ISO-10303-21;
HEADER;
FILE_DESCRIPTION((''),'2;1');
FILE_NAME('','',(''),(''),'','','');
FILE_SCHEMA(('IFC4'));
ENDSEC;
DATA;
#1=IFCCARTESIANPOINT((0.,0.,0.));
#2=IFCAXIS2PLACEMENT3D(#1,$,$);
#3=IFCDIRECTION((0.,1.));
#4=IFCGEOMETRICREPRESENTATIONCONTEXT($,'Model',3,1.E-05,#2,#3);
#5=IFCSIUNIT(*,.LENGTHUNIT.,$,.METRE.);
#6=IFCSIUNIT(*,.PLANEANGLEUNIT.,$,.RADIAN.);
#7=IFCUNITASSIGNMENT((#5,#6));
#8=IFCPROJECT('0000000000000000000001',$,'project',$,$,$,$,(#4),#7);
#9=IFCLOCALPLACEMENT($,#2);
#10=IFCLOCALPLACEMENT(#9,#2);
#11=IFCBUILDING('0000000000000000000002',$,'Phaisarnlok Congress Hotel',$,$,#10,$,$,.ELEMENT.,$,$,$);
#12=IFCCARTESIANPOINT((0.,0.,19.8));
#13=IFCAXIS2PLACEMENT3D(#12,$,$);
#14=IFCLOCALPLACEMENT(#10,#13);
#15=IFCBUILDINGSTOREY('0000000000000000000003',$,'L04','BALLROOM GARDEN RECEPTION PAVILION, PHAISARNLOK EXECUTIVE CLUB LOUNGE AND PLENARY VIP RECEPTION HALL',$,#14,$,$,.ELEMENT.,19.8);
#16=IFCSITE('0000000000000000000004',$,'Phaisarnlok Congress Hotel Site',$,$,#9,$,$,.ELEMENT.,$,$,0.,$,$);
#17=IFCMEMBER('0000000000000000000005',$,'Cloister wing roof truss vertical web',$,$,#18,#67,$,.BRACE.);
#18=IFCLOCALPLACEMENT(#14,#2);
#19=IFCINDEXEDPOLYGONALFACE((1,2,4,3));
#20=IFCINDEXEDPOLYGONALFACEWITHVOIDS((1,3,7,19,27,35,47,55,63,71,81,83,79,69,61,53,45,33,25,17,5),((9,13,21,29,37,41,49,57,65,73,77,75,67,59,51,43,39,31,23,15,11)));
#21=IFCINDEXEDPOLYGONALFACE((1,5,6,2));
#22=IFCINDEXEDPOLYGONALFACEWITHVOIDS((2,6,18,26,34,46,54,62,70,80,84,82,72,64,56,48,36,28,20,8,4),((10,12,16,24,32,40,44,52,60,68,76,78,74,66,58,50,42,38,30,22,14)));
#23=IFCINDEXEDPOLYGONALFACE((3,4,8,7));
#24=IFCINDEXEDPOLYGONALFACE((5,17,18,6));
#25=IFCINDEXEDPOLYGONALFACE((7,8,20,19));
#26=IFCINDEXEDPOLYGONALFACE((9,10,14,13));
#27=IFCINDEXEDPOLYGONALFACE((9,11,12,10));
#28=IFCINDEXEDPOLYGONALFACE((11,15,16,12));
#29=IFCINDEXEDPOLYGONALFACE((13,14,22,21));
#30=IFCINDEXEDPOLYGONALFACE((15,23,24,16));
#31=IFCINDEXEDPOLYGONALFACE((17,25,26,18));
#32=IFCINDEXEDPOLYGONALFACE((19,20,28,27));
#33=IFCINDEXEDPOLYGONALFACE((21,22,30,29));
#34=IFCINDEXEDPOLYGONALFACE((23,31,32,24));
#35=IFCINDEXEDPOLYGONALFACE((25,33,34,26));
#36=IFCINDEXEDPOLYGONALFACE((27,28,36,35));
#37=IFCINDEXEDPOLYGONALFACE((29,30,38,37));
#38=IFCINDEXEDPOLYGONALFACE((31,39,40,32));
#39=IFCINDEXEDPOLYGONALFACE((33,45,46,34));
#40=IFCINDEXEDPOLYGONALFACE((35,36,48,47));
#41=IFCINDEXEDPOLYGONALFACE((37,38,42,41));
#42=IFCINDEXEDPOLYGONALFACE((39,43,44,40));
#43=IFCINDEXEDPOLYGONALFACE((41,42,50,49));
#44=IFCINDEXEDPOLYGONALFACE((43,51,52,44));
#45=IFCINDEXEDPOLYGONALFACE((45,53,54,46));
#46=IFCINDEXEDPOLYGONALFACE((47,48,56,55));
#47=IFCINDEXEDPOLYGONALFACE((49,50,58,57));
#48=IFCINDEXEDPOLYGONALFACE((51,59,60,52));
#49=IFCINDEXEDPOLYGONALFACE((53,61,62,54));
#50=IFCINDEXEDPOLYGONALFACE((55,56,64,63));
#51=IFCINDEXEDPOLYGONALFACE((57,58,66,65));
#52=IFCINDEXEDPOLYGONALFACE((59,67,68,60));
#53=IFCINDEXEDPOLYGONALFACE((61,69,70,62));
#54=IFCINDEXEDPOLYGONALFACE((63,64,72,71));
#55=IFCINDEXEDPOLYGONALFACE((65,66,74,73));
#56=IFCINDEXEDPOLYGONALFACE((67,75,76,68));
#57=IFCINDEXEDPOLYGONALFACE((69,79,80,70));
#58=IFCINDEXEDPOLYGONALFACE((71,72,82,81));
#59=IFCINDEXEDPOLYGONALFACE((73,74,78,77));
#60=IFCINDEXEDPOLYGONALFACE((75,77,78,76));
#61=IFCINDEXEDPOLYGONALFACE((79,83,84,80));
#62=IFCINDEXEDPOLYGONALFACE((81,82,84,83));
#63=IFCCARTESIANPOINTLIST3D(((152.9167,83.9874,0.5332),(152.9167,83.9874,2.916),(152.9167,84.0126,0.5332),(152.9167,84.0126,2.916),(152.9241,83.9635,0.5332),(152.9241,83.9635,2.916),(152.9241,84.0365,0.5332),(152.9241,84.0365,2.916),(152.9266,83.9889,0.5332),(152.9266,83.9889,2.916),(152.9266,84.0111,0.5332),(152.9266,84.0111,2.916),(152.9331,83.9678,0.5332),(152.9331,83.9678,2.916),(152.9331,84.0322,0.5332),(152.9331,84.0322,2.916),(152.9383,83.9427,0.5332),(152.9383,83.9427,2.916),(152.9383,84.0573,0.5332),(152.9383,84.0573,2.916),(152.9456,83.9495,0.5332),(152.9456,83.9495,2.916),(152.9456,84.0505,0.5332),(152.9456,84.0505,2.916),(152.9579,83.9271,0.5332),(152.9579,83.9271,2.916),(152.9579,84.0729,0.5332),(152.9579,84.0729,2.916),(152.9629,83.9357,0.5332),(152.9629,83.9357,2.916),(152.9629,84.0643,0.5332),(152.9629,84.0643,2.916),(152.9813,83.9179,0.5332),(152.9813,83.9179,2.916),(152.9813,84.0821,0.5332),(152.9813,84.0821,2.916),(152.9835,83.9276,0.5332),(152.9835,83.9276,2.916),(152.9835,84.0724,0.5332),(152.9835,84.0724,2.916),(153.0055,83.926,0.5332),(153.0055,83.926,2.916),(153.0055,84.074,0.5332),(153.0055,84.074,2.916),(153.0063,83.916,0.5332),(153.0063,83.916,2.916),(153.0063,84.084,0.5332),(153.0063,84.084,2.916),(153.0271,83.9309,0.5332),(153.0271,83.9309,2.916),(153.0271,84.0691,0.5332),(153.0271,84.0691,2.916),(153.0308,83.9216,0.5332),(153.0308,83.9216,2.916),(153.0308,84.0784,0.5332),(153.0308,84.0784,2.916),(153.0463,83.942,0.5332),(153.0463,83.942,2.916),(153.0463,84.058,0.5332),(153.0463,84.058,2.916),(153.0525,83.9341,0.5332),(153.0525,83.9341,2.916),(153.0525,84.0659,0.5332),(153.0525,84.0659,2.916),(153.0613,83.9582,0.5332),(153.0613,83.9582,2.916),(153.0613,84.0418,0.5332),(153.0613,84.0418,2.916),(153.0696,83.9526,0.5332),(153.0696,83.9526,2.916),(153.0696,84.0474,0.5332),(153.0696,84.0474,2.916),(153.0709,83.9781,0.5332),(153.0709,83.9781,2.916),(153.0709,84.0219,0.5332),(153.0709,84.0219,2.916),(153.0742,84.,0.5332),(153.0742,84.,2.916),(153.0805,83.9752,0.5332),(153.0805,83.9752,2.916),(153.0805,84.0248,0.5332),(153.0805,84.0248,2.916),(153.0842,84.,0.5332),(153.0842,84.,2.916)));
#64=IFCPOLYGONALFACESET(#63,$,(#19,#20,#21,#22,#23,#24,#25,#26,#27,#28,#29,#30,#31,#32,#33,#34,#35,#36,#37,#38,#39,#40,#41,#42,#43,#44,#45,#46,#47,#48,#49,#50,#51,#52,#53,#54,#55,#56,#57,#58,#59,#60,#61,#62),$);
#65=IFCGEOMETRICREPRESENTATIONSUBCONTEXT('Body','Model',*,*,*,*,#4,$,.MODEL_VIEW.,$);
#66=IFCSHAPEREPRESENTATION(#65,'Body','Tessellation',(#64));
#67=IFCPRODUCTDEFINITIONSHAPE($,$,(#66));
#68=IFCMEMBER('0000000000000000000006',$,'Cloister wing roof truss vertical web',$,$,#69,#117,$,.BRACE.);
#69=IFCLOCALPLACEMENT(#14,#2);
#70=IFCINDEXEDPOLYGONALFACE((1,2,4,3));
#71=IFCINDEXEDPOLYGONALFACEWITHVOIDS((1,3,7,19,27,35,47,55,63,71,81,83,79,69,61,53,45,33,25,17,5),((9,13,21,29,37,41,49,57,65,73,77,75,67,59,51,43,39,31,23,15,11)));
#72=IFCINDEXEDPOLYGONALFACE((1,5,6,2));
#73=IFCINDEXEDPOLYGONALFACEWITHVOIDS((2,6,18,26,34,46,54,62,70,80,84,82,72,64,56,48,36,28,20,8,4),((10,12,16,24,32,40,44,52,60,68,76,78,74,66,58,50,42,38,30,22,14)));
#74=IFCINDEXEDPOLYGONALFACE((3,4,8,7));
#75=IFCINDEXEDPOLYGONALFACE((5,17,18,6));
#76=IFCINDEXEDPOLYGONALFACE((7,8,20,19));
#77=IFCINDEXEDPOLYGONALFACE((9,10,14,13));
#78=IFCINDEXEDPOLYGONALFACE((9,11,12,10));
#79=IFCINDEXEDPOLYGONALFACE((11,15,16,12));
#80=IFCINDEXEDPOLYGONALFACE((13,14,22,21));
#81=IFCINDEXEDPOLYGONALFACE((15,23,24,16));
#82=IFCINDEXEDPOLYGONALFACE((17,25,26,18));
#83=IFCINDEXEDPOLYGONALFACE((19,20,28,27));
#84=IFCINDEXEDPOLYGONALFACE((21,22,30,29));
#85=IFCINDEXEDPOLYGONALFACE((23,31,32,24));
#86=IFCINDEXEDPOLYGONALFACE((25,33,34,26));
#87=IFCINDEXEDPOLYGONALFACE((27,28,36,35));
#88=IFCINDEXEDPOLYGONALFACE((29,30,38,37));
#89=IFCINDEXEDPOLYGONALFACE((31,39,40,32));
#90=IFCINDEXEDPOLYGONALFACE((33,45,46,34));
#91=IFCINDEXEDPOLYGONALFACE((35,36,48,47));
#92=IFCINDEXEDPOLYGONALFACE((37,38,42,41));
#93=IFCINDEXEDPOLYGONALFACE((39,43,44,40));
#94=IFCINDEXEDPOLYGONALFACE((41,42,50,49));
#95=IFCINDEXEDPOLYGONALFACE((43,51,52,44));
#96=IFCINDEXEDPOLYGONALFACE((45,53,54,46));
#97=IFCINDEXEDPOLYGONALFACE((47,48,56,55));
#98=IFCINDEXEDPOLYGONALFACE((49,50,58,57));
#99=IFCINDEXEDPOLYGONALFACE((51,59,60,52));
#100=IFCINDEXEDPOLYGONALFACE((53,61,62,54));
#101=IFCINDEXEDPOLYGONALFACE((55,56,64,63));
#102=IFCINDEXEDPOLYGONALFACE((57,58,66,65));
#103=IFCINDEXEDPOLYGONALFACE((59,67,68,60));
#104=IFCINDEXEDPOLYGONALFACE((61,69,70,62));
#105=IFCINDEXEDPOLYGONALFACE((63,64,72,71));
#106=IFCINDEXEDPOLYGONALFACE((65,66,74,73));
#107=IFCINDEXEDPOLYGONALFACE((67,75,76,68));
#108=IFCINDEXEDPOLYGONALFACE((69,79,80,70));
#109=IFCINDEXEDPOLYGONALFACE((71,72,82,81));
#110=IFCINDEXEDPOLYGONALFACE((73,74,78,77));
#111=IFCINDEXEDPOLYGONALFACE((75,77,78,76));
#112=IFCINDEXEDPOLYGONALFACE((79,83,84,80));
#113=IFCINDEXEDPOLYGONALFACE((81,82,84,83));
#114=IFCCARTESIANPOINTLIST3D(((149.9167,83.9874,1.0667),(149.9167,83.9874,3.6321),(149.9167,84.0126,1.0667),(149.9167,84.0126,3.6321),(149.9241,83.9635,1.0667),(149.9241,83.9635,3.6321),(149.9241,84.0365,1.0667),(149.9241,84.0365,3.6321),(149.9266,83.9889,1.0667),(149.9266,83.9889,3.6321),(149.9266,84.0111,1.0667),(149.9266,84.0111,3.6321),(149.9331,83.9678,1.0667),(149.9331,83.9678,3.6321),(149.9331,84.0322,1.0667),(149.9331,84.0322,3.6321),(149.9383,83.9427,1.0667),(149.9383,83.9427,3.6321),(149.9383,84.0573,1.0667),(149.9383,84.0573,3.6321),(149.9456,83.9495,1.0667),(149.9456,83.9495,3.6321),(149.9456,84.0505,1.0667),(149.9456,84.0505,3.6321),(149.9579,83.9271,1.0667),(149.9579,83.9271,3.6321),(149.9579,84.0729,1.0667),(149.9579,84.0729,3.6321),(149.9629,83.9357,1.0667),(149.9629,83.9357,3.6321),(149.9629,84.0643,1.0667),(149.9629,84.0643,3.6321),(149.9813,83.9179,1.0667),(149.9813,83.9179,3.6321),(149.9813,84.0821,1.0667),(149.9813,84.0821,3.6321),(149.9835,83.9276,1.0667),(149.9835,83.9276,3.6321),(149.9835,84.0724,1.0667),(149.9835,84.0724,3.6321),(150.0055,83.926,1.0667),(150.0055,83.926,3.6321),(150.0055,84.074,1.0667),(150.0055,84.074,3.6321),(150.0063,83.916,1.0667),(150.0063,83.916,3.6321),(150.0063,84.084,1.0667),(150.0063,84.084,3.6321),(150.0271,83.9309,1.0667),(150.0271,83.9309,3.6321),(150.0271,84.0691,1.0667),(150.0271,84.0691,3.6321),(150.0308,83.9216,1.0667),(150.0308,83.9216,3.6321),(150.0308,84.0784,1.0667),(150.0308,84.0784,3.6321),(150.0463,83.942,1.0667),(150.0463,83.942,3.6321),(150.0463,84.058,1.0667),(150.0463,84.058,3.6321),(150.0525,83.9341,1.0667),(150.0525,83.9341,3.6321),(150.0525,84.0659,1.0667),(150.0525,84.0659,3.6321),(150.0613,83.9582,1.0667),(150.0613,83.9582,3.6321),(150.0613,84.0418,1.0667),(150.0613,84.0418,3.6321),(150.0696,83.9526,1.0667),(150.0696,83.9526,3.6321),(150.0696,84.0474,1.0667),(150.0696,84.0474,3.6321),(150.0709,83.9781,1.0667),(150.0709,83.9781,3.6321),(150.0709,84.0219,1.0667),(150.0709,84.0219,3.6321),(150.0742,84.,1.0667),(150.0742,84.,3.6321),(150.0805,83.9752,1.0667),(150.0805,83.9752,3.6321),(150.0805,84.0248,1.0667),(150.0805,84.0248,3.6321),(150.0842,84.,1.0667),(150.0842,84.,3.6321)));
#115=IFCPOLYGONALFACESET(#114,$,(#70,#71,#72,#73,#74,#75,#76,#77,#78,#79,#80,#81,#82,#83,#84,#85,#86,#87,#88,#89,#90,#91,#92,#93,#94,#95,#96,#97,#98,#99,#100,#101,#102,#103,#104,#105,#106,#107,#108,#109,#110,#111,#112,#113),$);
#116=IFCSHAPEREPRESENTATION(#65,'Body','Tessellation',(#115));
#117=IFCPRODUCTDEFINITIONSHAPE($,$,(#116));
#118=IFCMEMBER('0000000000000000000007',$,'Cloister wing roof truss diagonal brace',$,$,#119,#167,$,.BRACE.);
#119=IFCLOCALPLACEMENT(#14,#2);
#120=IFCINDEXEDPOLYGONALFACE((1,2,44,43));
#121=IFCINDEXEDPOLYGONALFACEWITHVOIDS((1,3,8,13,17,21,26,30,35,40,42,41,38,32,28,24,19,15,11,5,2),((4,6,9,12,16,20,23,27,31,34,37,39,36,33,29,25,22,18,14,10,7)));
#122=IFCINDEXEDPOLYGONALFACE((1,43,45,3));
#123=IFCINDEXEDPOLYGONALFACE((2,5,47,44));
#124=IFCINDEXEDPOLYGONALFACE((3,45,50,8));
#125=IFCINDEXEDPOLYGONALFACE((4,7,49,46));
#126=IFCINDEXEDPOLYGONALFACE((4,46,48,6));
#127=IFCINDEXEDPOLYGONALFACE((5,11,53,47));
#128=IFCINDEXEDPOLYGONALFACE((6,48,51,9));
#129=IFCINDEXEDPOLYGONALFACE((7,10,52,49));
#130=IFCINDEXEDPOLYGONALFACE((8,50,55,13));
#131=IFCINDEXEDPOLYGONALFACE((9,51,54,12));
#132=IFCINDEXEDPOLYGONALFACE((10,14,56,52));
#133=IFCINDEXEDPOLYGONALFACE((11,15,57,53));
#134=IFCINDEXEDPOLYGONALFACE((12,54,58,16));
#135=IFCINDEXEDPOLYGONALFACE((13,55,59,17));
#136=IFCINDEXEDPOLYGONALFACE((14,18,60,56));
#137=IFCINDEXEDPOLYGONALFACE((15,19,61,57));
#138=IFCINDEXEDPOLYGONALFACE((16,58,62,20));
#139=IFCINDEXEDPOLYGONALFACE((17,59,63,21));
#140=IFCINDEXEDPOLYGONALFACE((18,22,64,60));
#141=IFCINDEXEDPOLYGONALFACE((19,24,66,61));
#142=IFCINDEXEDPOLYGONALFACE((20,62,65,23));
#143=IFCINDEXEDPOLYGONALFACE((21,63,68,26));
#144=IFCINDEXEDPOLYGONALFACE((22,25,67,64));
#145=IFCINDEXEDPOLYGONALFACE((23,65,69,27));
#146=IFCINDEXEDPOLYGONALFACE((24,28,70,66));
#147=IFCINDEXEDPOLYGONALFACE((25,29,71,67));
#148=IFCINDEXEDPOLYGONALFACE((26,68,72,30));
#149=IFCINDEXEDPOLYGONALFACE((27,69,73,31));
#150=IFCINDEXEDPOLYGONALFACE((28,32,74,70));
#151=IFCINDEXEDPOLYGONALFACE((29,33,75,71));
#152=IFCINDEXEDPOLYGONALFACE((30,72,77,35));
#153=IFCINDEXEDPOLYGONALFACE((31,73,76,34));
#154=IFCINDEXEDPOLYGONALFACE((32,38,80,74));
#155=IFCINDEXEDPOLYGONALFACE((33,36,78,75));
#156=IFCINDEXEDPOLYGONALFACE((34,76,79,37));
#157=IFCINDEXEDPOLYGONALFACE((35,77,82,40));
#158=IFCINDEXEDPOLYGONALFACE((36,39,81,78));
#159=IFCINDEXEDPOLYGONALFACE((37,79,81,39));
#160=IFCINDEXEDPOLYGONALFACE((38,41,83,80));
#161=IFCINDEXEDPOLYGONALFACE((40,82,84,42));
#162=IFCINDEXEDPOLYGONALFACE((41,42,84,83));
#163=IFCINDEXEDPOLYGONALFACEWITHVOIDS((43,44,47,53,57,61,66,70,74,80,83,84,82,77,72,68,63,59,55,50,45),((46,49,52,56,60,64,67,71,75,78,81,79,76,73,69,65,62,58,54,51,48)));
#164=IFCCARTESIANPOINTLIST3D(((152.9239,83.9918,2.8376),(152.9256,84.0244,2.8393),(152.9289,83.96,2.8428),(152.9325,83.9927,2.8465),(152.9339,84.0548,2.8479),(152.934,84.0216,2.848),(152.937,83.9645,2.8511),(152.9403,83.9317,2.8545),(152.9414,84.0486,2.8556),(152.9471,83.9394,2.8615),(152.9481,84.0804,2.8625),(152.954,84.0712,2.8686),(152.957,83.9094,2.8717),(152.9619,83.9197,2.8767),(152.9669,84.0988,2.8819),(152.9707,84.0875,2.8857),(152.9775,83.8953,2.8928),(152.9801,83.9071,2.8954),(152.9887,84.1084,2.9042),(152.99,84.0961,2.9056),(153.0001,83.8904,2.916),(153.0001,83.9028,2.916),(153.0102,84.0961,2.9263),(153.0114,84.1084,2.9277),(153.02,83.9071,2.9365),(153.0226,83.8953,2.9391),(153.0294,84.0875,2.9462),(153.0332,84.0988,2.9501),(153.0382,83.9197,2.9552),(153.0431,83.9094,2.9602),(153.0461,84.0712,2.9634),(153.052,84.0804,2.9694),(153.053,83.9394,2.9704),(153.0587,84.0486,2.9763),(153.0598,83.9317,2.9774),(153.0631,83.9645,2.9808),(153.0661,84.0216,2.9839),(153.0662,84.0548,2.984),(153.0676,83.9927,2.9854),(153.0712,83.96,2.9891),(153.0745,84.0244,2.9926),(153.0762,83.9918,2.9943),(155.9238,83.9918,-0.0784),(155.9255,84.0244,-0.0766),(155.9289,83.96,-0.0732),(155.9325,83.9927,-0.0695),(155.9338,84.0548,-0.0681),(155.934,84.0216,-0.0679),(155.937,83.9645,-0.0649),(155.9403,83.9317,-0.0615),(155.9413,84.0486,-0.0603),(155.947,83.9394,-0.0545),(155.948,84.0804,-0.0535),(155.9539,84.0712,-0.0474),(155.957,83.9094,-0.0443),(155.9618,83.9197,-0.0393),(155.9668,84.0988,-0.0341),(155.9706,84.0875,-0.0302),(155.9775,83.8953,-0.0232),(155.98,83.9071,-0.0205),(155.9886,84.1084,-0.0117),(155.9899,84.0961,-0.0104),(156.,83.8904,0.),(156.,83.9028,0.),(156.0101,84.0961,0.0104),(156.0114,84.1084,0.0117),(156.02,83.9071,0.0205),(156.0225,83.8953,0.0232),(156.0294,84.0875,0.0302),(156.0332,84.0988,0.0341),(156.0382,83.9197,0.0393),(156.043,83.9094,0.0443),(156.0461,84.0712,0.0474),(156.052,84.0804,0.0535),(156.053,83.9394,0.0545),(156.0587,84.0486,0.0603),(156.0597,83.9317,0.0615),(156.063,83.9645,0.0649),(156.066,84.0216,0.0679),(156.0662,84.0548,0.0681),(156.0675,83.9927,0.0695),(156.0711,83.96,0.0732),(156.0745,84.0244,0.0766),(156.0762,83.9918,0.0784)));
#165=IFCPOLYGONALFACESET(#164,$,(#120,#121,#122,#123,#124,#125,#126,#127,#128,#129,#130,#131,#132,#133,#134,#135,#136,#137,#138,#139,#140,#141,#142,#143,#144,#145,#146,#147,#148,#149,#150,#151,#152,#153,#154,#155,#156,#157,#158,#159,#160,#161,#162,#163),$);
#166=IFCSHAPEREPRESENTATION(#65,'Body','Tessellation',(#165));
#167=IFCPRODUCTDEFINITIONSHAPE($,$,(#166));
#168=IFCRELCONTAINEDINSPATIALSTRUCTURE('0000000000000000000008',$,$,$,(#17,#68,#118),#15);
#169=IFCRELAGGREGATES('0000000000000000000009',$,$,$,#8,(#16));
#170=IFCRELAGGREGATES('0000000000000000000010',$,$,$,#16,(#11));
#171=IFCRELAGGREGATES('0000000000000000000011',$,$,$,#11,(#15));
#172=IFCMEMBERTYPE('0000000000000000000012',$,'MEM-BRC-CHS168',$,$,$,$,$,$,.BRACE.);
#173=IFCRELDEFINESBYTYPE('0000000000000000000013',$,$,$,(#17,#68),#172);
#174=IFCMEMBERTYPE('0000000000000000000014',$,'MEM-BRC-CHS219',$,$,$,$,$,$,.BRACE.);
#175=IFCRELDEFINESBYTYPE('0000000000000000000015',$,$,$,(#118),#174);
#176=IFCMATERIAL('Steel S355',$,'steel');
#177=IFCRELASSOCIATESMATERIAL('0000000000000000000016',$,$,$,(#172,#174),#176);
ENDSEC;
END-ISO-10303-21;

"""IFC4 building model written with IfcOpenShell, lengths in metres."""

from ifc_helpers import new_model, si_unit, direction, frame, origin, origin_2d, place, context, subcontext, project, spatial, hollow_circle, extrude, material, material_profile, profile_set, type_object, element, save


model = new_model("IFC4")

# Units and contexts
model_context = context("Model", 3, precision=1e-05, world=origin(), true_north=direction((0.0, 1.0)))
body_context = subcontext(model_context, "Body", "Model", "MODEL_VIEW")
ifc_project = project(units=[si_unit("LENGTHUNIT", "METRE"), si_unit("PLANEANGLEUNIT", "RADIAN")], contexts=[model_context])

# Site, building, storey
site_placement = place(None, origin())
site = spatial("IfcSite", under=ifc_project, at=site_placement, Name="Phaisarnlok Congress Hotel Site", CompositionType="ELEMENT", RefElevation=0.0)
building_placement = place(site_placement, origin())
building = spatial("IfcBuilding", under=site, at=building_placement, Name="Phaisarnlok Congress Hotel", CompositionType="ELEMENT")
storey_placement = place(building_placement, frame((0.0, 0.0, 19.8)))
storey = spatial("IfcBuildingStorey", under=building, at=storey_placement, Name="L04", Description="BALLROOM GARDEN RECEPTION PAVILION, PHAISARNLOK EXECUTIVE CLUB LOUNGE AND PLENARY VIP RECEPTION HALL", CompositionType="ELEMENT", Elevation=19.8)

# Shared definitions
ifc_material_1 = material(Name="Steel S355", Category="steel")

# Members
ifc_material_profile_1 = material_profile(ifc_material_1, hollow_circle(Radius=0.0842, WallThickness=0.01, at=origin_2d()), Name="CHS 168.3x10")
ifc_profile_set_1 = profile_set([ifc_material_profile_1], Name="Steel S355")
member_type_1 = type_object("IfcMemberType", Name="MEM-BRC-CHS168", PredefinedType="BRACE", material=ifc_profile_set_1)
member_1_placement = place(storey_placement, frame((153.0, 84.0, 0.5332), z_axis=(0.0, 0.0, 1.0), x_axis=(1.0, 0.0, 0.0)))
element("IfcMember", 1, at=member_1_placement, inside=storey, type_object=member_type_1, Name="Cloister wing roof truss vertical web", PredefinedType="BRACE", context=body_context, shape_type="SweptSolid", body=[
    extrude(hollow_circle(Radius=0.0842, WallThickness=0.01, at=origin_2d()), origin(), (0.0, 0.0, 1.0), 2.3828),
])
member_2_placement = place(storey_placement, frame((150.0, 84.0, 1.0667), z_axis=(0.0, 0.0, 1.0), x_axis=(1.0, 0.0, 0.0)))
element("IfcMember", 2, at=member_2_placement, inside=storey, type_object=member_type_1, Name="Cloister wing roof truss vertical web", PredefinedType="BRACE", context=body_context, shape_type="SweptSolid", body=[
    extrude(hollow_circle(Radius=0.0842, WallThickness=0.01, at=origin_2d()), origin(), (0.0, 0.0, 1.0), 2.5654),
])
ifc_material_profile_2 = material_profile(ifc_material_1, hollow_circle(Radius=0.1096, WallThickness=0.0125, at=origin_2d()), Name="CHS 219.1x12.5")
ifc_profile_set_2 = profile_set([ifc_material_profile_2], Name="Steel S355")
member_type_2 = type_object("IfcMemberType", Name="MEM-BRC-CHS219", PredefinedType="BRACE", material=ifc_profile_set_2)
member_3_placement = place(storey_placement, frame((156.0, 84.0, 0.0), z_axis=(-0.717073, 0.0, 0.696998), x_axis=(0.0, -1.0, 0.0)))
element("IfcMember", 3, at=member_3_placement, inside=storey, type_object=member_type_2, Name="Cloister wing roof truss diagonal brace", PredefinedType="BRACE", context=body_context, shape_type="SweptSolid", body=[
    extrude(hollow_circle(Radius=0.1096, WallThickness=0.0125, at=origin_2d()), origin(), (0.0, 0.0, 1.0), 4.1836),
])

save(model, "model.ifc")
